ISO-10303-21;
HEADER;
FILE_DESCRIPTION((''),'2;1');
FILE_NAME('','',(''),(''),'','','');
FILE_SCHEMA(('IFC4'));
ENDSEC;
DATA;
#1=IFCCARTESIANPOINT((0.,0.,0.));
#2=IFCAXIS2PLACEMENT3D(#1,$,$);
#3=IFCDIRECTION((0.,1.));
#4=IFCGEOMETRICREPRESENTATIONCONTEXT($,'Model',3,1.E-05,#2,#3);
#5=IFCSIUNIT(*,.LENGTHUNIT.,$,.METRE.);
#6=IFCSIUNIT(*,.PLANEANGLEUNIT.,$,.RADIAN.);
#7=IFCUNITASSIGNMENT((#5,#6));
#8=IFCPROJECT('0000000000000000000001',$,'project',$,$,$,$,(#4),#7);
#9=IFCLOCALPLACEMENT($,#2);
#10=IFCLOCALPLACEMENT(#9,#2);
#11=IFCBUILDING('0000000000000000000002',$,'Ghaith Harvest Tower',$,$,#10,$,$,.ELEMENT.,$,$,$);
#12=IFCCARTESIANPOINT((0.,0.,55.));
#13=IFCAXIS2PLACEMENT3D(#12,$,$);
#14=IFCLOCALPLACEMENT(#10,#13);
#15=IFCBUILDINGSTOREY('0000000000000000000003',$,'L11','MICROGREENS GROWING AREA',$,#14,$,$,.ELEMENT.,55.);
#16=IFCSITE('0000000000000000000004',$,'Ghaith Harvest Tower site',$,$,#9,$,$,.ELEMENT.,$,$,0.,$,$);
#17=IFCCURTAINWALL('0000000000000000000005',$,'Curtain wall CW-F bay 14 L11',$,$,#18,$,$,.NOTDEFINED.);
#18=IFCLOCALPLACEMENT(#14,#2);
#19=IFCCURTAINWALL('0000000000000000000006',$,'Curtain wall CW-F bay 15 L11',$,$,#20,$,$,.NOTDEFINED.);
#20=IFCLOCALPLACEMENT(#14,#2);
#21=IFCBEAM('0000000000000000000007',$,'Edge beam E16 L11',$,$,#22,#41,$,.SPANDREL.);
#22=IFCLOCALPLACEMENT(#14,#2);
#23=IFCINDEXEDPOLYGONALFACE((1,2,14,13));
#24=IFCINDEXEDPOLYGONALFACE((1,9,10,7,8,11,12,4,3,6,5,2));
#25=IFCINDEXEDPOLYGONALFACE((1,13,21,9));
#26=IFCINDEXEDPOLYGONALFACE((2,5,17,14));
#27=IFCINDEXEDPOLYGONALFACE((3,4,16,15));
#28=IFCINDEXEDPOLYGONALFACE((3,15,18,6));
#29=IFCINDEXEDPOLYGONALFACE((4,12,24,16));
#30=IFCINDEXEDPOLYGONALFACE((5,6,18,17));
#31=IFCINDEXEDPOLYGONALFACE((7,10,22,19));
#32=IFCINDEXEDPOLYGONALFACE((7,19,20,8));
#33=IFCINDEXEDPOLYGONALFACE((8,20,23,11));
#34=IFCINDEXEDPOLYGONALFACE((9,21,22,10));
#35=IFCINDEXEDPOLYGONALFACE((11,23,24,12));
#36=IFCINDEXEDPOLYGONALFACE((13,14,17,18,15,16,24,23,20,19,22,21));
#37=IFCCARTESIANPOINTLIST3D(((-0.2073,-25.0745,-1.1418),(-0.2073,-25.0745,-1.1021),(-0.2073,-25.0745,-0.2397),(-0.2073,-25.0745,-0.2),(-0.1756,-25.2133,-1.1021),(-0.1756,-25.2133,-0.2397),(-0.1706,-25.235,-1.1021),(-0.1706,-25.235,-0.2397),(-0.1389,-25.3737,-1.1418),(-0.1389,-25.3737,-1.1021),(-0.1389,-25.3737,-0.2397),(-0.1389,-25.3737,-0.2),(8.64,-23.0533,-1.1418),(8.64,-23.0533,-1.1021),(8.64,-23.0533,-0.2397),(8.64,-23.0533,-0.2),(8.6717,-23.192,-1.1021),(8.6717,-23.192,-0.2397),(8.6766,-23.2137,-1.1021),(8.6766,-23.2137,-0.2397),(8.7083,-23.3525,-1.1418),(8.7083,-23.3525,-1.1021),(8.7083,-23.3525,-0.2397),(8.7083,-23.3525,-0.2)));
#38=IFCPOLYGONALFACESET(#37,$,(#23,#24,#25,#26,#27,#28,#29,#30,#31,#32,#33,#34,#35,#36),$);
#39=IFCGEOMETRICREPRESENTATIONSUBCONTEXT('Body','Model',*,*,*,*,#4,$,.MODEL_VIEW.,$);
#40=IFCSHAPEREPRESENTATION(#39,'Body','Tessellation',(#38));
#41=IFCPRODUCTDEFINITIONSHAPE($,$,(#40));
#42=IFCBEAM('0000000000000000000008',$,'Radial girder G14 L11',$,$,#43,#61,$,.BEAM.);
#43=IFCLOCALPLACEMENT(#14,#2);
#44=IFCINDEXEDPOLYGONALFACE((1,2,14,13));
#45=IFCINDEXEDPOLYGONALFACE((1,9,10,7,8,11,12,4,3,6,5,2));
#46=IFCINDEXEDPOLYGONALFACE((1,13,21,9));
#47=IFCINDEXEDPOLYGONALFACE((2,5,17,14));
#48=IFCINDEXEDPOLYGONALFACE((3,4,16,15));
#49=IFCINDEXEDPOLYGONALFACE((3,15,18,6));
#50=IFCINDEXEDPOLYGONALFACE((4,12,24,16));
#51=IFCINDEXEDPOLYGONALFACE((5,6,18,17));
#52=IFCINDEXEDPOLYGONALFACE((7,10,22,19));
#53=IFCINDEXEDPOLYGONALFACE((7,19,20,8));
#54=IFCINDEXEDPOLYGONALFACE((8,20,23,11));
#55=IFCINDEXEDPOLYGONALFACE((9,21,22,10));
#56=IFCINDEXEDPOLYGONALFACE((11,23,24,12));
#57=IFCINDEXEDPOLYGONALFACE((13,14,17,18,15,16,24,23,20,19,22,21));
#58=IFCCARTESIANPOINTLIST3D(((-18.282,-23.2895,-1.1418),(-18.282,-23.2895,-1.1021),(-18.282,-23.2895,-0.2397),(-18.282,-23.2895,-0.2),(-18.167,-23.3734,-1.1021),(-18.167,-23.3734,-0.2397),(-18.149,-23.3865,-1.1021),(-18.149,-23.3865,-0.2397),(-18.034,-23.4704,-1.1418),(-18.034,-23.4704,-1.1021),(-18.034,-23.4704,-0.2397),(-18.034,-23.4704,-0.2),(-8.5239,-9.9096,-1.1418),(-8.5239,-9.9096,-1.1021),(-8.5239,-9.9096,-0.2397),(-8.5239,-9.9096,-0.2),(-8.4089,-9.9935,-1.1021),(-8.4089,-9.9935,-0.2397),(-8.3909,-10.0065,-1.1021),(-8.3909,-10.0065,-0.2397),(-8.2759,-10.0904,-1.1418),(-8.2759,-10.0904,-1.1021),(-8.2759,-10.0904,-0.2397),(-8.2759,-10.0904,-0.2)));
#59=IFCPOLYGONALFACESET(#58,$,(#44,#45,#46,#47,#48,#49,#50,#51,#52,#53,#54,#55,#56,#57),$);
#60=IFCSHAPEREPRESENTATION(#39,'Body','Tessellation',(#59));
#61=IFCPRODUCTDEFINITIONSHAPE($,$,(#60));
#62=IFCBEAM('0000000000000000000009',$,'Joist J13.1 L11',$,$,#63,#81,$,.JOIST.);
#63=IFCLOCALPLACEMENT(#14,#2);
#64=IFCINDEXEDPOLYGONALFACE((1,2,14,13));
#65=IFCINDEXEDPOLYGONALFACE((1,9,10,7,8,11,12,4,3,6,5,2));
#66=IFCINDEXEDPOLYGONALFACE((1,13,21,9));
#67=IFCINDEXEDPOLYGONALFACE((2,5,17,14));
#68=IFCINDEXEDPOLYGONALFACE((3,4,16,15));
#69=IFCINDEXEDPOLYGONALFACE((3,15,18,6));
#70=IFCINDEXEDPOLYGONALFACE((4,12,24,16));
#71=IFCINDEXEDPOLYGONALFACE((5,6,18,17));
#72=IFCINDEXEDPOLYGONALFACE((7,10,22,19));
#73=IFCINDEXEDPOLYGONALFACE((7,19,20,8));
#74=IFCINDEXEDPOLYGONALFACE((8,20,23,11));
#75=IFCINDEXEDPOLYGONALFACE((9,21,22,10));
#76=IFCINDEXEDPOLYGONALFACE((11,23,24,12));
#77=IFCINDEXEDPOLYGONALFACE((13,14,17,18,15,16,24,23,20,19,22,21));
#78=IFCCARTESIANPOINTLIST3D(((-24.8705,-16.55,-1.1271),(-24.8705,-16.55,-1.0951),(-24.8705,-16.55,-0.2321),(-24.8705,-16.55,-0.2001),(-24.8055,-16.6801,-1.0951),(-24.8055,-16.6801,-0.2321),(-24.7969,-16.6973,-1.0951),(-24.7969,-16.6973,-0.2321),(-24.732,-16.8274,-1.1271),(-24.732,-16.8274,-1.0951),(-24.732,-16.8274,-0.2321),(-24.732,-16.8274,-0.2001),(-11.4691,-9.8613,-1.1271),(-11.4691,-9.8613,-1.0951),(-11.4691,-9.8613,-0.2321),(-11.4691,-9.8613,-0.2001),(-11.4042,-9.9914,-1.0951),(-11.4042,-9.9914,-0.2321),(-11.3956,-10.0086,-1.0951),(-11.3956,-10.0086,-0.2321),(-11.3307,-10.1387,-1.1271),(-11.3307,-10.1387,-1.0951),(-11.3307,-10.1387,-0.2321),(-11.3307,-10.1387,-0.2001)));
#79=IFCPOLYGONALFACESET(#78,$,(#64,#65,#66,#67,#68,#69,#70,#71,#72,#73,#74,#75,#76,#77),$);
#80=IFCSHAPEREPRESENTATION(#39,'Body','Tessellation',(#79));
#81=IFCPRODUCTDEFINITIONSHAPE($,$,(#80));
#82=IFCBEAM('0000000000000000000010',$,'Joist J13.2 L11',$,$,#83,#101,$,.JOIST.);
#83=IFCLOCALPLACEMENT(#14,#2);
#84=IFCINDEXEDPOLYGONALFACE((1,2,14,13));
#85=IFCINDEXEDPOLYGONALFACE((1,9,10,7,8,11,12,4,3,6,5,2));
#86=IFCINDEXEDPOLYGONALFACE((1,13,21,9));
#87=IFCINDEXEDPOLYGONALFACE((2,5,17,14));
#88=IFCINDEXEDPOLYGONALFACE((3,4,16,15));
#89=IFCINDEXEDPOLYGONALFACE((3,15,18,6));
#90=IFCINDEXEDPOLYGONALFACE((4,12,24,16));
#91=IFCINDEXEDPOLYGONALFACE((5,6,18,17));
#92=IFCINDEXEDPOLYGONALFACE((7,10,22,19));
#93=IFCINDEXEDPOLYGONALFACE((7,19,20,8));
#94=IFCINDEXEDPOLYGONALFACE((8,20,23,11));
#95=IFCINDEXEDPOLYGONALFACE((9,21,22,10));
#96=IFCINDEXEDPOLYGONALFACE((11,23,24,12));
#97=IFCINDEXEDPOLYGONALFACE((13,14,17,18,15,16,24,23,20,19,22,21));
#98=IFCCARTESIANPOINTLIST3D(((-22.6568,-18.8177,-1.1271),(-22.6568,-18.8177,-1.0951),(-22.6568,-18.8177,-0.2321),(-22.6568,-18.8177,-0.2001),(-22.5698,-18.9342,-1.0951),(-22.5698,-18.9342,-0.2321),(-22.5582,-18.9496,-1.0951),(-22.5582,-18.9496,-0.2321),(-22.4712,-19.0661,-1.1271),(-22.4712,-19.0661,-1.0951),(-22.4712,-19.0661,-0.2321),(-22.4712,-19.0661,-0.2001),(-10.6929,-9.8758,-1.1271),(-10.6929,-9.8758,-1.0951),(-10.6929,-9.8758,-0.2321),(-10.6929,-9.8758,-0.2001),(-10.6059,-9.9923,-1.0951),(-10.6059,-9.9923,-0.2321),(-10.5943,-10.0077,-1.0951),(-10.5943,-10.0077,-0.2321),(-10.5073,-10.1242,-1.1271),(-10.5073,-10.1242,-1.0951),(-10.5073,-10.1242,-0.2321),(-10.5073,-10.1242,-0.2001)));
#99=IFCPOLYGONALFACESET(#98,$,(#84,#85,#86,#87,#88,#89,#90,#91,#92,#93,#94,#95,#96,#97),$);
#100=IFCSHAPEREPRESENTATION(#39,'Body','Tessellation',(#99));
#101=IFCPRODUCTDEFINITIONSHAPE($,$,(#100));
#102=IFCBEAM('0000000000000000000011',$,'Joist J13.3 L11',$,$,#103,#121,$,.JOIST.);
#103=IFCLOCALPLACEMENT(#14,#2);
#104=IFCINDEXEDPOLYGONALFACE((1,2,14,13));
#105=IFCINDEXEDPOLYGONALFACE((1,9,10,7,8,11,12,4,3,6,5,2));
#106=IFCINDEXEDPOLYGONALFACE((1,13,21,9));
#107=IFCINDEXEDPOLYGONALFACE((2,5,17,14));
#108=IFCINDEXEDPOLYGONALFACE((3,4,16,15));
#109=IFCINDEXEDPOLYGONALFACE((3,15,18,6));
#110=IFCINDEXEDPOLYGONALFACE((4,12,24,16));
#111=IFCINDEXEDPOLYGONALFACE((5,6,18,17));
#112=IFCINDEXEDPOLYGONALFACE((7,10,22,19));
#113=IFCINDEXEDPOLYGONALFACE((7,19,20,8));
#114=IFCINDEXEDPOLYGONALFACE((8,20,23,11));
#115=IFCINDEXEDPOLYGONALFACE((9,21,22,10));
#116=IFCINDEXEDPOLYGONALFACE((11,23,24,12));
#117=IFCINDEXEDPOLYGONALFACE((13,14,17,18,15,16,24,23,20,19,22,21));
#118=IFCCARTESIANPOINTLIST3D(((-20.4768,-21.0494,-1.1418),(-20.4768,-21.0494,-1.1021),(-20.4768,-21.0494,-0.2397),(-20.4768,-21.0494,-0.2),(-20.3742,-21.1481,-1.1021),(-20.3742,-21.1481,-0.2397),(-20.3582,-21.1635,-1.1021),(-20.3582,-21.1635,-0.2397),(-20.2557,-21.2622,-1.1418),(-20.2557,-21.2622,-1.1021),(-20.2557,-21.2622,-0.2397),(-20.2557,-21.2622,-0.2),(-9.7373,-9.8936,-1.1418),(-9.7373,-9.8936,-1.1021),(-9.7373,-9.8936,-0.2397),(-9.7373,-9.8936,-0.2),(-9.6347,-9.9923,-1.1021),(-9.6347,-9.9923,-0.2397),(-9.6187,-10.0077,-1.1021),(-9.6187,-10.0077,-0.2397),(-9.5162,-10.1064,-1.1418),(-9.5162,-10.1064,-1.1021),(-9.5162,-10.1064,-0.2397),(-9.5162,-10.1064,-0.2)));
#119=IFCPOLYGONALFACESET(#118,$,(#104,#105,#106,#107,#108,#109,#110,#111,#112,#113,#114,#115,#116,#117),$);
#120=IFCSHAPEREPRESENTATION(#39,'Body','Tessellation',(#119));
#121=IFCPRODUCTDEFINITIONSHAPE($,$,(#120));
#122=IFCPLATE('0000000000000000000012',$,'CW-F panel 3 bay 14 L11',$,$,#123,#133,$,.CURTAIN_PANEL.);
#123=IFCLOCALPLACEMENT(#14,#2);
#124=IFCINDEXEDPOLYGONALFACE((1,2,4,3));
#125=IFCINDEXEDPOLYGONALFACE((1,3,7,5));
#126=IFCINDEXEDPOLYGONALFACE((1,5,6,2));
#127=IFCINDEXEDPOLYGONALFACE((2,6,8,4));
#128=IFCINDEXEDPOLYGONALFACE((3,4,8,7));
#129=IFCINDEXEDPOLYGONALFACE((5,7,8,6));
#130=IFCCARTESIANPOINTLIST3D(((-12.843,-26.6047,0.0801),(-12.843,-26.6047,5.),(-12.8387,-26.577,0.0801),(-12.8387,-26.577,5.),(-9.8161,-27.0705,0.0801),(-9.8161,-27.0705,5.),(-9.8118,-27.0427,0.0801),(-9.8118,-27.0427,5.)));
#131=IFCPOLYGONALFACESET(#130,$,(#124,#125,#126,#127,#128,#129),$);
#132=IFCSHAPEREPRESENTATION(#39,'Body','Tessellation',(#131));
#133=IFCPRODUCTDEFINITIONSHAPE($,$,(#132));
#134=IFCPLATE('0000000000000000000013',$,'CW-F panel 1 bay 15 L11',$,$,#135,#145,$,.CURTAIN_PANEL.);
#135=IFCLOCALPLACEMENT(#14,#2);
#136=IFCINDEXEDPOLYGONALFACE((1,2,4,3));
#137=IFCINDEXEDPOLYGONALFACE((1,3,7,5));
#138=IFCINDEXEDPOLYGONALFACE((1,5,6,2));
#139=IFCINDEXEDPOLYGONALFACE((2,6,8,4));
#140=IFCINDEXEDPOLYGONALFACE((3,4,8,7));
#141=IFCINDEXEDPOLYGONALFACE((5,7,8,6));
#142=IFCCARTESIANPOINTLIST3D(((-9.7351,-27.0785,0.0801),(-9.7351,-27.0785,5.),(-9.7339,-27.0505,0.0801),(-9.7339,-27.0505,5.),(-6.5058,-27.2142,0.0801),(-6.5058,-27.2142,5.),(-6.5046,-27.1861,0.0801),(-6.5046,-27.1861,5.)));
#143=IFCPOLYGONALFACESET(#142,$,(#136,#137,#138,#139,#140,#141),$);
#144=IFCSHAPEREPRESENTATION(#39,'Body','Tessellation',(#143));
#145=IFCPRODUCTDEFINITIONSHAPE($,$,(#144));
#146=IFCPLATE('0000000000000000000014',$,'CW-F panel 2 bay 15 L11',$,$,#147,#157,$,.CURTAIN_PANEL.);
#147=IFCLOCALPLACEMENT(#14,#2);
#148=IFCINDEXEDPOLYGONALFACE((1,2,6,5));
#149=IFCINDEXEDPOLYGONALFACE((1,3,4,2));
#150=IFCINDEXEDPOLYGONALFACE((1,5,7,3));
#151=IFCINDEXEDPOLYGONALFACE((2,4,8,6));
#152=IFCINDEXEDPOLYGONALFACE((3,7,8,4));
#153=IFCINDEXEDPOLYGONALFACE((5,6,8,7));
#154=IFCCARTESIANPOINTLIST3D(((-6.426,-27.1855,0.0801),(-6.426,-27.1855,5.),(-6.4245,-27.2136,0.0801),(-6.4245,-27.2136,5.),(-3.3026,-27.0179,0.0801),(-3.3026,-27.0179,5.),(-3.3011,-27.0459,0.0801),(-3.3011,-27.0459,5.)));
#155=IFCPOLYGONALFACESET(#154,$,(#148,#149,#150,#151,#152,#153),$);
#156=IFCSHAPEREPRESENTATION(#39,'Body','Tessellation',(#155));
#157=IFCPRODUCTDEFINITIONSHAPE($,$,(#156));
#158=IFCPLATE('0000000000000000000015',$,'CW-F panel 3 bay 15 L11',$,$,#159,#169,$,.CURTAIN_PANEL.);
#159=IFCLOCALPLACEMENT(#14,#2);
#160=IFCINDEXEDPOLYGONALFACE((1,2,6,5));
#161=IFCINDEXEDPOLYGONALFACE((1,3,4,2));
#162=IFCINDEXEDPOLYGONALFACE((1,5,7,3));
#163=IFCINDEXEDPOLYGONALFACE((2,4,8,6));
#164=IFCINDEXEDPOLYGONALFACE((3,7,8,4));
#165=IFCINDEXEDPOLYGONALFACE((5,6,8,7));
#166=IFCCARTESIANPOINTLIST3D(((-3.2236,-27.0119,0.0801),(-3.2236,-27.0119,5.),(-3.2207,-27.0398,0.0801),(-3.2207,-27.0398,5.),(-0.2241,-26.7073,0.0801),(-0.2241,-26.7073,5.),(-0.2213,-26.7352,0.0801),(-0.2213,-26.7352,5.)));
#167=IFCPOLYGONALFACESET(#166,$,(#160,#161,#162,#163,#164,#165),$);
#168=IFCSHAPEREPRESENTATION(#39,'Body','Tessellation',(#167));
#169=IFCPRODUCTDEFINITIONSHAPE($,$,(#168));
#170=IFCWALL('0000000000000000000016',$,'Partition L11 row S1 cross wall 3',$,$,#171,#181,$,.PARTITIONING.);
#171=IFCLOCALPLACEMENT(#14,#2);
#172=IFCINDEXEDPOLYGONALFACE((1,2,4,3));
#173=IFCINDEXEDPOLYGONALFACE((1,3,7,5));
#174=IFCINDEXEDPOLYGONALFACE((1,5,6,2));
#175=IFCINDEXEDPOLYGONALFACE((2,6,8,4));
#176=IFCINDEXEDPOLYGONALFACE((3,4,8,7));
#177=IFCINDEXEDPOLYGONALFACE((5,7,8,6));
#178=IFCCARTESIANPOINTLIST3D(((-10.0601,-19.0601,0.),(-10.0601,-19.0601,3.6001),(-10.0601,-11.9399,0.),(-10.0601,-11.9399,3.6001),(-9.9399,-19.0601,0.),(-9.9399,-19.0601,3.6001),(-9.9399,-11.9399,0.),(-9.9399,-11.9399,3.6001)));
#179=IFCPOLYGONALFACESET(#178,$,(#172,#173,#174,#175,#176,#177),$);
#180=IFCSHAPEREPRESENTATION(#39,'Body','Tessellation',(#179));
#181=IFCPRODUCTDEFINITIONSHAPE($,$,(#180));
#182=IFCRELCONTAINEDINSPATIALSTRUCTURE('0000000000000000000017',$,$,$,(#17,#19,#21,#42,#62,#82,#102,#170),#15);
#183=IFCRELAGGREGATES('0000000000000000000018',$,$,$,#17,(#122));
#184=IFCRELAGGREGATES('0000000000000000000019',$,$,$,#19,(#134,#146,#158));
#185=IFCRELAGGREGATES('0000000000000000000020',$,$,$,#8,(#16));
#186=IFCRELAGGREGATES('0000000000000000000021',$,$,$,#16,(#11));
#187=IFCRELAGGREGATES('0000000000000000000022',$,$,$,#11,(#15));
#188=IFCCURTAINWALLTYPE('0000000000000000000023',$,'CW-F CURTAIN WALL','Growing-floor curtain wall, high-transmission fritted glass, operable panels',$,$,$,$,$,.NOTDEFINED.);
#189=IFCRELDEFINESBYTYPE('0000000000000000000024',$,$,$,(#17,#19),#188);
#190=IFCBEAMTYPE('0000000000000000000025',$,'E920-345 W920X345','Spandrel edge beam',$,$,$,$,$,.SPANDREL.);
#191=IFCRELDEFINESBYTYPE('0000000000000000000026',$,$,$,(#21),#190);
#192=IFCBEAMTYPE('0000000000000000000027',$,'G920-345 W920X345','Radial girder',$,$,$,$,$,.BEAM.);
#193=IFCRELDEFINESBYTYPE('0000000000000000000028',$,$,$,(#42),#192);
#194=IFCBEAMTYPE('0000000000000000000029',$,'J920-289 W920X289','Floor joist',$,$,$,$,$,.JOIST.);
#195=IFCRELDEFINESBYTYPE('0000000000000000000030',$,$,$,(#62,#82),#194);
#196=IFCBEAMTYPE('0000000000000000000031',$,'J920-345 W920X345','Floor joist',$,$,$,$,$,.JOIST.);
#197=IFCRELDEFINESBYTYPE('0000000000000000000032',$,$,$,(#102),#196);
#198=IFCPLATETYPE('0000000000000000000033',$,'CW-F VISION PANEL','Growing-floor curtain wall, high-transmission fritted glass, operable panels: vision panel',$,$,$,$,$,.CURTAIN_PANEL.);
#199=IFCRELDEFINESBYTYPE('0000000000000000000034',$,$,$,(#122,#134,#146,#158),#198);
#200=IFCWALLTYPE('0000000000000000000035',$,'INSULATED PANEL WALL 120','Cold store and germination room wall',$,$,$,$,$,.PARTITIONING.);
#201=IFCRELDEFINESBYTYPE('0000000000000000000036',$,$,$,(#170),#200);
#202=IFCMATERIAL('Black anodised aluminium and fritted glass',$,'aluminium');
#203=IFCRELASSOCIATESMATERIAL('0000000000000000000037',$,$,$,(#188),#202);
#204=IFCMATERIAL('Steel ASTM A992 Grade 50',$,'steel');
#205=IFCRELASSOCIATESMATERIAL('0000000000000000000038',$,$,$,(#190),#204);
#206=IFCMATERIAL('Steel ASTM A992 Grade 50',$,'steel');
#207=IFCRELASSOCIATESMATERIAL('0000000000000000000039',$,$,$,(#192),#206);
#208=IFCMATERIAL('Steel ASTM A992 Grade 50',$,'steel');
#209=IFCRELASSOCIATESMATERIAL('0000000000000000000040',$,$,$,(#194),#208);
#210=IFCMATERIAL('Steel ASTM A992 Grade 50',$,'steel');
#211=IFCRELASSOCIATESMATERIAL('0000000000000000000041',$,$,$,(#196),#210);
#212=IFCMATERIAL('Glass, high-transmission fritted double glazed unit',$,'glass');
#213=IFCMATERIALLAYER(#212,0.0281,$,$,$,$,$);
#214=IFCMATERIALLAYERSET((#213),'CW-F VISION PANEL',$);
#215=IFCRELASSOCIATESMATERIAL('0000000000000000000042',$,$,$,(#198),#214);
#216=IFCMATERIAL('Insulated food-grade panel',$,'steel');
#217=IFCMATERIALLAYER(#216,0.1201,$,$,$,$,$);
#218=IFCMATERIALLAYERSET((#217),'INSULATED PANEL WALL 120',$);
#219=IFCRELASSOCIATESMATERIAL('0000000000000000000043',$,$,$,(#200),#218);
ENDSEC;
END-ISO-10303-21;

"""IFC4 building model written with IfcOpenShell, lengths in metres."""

from ifc_helpers import new_model, si_unit, direction, frame, frame_2d, origin, origin_2d, place, context, subcontext, project, spatial, rectangle, i_section, extrude, material, layer, layer_set, material_profile, profile_set, type_object, element, aggregate, save


model = new_model("IFC4")

# Units and contexts
model_context = context("Model", 3, precision=1e-05, world=origin(), true_north=direction((0.0, 1.0)))
body_context = subcontext(model_context, "Body", "Model", "MODEL_VIEW")
ifc_project = project(units=[si_unit("LENGTHUNIT", "METRE"), si_unit("PLANEANGLEUNIT", "RADIAN")], contexts=[model_context])

# Site, building, storey
site_placement = place(None, origin())
site = spatial("IfcSite", under=ifc_project, at=site_placement, Name="Ghaith Harvest Tower site", CompositionType="ELEMENT", RefElevation=0.0)
building_placement = place(site_placement, origin())
building = spatial("IfcBuilding", under=site, at=building_placement, Name="Ghaith Harvest Tower", CompositionType="ELEMENT")
storey_placement = place(building_placement, frame((0.0, 0.0, 55.0)))
storey = spatial("IfcBuildingStorey", under=building, at=storey_placement, Name="L11", Description="MICROGREENS GROWING AREA", CompositionType="ELEMENT", Elevation=55.0)

# Curtain wall
ifc_material_1 = material(Name="Black anodised aluminium and fritted glass", Category="aluminium")
curtain_wall_type = type_object("IfcCurtainWallType", Name="CW-F CURTAIN WALL", Description="Growing-floor curtain wall, high-transmission fritted glass, operable panels", PredefinedType="NOTDEFINED", material=ifc_material_1)
curtain_wall_1_placement = place(storey_placement, origin())
curtain_wall_1 = element("IfcCurtainWall", 1, at=curtain_wall_1_placement, inside=storey, type_object=curtain_wall_type, Name="Curtain wall CW-F bay 14 L11", PredefinedType="NOTDEFINED")

# Curtain wall
curtain_wall_2_placement = place(storey_placement, origin())
curtain_wall_2 = element("IfcCurtainWall", 2, at=curtain_wall_2_placement, inside=storey, type_object=curtain_wall_type, Name="Curtain wall CW-F bay 15 L11", PredefinedType="NOTDEFINED")

# Beams
ifc_material_2 = material(Name="Steel ASTM A992 Grade 50", Category="steel")
ifc_material_profile_1 = material_profile(ifc_material_2, i_section(OverallWidth=0.3069, OverallDepth=0.9419, WebThickness=0.0222, FlangeThickness=0.0398, at=origin_2d()), Name="W920X345")
ifc_profile_set_1 = profile_set([ifc_material_profile_1], Name="Steel ASTM A992 Grade 50")
beam_type_1 = type_object("IfcBeamType", Name="E920-345 W920X345", Description="Spandrel edge beam", PredefinedType="SPANDREL", material=ifc_profile_set_1)
beam_1_placement = place(storey_placement, frame((-0.1731, -25.2241, -0.6709), z_axis=(0.974882, 0.222723, 0.0), x_axis=(-0.222723, 0.974882, 0.0)))
element("IfcBeam", 3, at=beam_1_placement, inside=storey, type_object=beam_type_1, Name="Edge beam E16 L11", PredefinedType="SPANDREL", context=body_context, shape_type="SweptSolid", body=[
    extrude(i_section(OverallWidth=0.3069, OverallDepth=0.9419, WebThickness=0.0222, FlangeThickness=0.0398, at=origin_2d()), origin(), (0.0, 0.0, 1.0), 9.0752),
])
ifc_material_3 = material(Name="Steel ASTM A992 Grade 50", Category="steel")
ifc_material_profile_2 = material_profile(ifc_material_3, i_section(OverallWidth=0.3069, OverallDepth=0.9419, WebThickness=0.0222, FlangeThickness=0.0398, at=origin_2d()), Name="W920X345")
ifc_profile_set_2 = profile_set([ifc_material_profile_2], Name="Steel ASTM A992 Grade 50")
beam_type_2 = type_object("IfcBeamType", Name="G920-345 W920X345", Description="Radial girder", PredefinedType="BEAM", material=ifc_profile_set_2)
beam_2_placement = place(storey_placement, frame((-8.3999, -10.0, -0.6709), z_axis=(-0.589247, -0.807953, 0.0), x_axis=(0.807953, -0.589247, 0.0)))
element("IfcBeam", 4, at=beam_2_placement, inside=storey, type_object=beam_type_2, Name="Radial girder G14 L11", PredefinedType="BEAM", context=body_context, shape_type="SweptSolid", body=[
    extrude(i_section(OverallWidth=0.3069, OverallDepth=0.9419, WebThickness=0.0222, FlangeThickness=0.0398, at=origin_2d()), origin(), (0.0, 0.0, 1.0), 16.5603),
])
ifc_material_4 = material(Name="Steel ASTM A992 Grade 50", Category="steel")
ifc_material_profile_3 = material_profile(ifc_material_4, i_section(OverallWidth=0.3101, OverallDepth=0.927, WebThickness=0.0193, FlangeThickness=0.032, at=origin_2d()), Name="W920X289")
ifc_profile_set_3 = profile_set([ifc_material_profile_3], Name="Steel ASTM A992 Grade 50")
beam_type_3 = type_object("IfcBeamType", Name="J920-289 W920X289", Description="Floor joist", PredefinedType="JOIST", material=ifc_profile_set_3)
beam_3_placement = place(storey_placement, frame((-11.3999, -10.0, -0.6636), z_axis=(-0.894746, -0.446575, 0.0), x_axis=(0.446575, -0.894746, 0.0)))
element("IfcBeam", 5, at=beam_3_placement, inside=storey, type_object=beam_type_3, Name="Joist J13.1 L11", PredefinedType="JOIST", context=body_context, shape_type="SweptSolid", body=[
    extrude(i_section(OverallWidth=0.3101, OverallDepth=0.927, WebThickness=0.0193, FlangeThickness=0.032, at=origin_2d()), origin(), (0.0, 0.0, 1.0), 14.9778),
])
beam_4_placement = place(storey_placement, frame((-10.6001, -10.0, -0.6636), z_axis=(-0.800995, -0.598671, 0.0), x_axis=(0.598671, -0.800995, 0.0)))
element("IfcBeam", 6, at=beam_4_placement, inside=storey, type_object=beam_type_3, Name="Joist J13.2 L11", PredefinedType="JOIST", context=body_context, shape_type="SweptSolid", body=[
    extrude(i_section(OverallWidth=0.3101, OverallDepth=0.927, WebThickness=0.0193, FlangeThickness=0.032, at=origin_2d()), origin(), (0.0, 0.0, 1.0), 14.9363),
])
ifc_material_5 = material(Name="Steel ASTM A992 Grade 50", Category="steel")
ifc_material_profile_4 = material_profile(ifc_material_5, i_section(OverallWidth=0.3069, OverallDepth=0.9419, WebThickness=0.0222, FlangeThickness=0.0398, at=origin_2d()), Name="W920X345")
ifc_profile_set_4 = profile_set([ifc_material_profile_4], Name="Steel ASTM A992 Grade 50")
beam_type_4 = type_object("IfcBeamType", Name="J920-345 W920X345", Description="Floor joist", PredefinedType="JOIST", material=ifc_profile_set_4)
beam_5_placement = place(storey_placement, frame((-9.6267, -10.0, -0.6709), z_axis=(-0.693538, -0.72042, 0.0), x_axis=(0.72042, -0.693538, 0.0)))
element("IfcBeam", 7, at=beam_5_placement, inside=storey, type_object=beam_type_4, Name="Joist J13.3 L11", PredefinedType="JOIST", context=body_context, shape_type="SweptSolid", body=[
    extrude(i_section(OverallWidth=0.3069, OverallDepth=0.9419, WebThickness=0.0222, FlangeThickness=0.0398, at=origin_2d()), origin(), (0.0, 0.0, 1.0), 15.4851),
])

# Plates
ifc_material_6 = material(Name="Glass, high-transmission fritted double glazed unit", Category="glass")
ifc_layer_1 = layer(ifc_material_6, 0.0281)
ifc_layer_set_1 = layer_set([ifc_layer_1], Name="CW-F VISION PANEL")
plate_type = type_object("IfcPlateType", Name="CW-F VISION PANEL", Description="Growing-floor curtain wall, high-transmission fritted glass, operable panels: vision panel", PredefinedType="CURTAIN_PANEL", material=ifc_layer_set_1)
plate_1_placement = place(storey_placement, frame((-11.3274, -26.8237, 0.0801), z_axis=(0.0, 0.0, 1.0), x_axis=(0.98837, -0.152069, 0.0)))
plate_1 = element("IfcPlate", 8, at=plate_1_placement, type_object=plate_type, Name="CW-F panel 3 bay 14 L11", PredefinedType="CURTAIN_PANEL", context=body_context, shape_type="SweptSolid", body=[
    extrude(rectangle(XDim=3.0625, YDim=0.0281, at=origin_2d()), origin(), (0.0, 0.0, 1.0), 4.9199),
])
aggregate(curtain_wall_1, [plate_1])
plate_2_placement = place(storey_placement, frame((-8.1199, -27.1323, 0.0801), z_axis=(0.0, 0.0, 1.0), x_axis=(0.999119, -0.041967, 0.0)))
plate_2 = element("IfcPlate", 9, at=plate_2_placement, type_object=plate_type, Name="CW-F panel 1 bay 15 L11", PredefinedType="CURTAIN_PANEL", context=body_context, shape_type="SweptSolid", body=[
    extrude(rectangle(XDim=3.2322, YDim=0.0281, at=origin_2d()), origin(), (0.0, 0.0, 1.0), 4.9199),
])
plate_3_placement = place(storey_placement, frame((-4.8635, -27.1157, 0.0801), z_axis=(0.0, 0.0, 1.0), x_axis=(0.998563, 0.0536, 0.0)))
plate_3 = element("IfcPlate", 10, at=plate_3_placement, type_object=plate_type, Name="CW-F panel 2 bay 15 L11", PredefinedType="CURTAIN_PANEL", context=body_context, shape_type="SweptSolid", body=[
    extrude(rectangle(XDim=3.1279, YDim=0.0281, at=origin_2d()), origin(), (0.0, 0.0, 1.0), 4.9199),
])
plate_4_placement = place(storey_placement, frame((-1.7224, -26.8735, 0.0801), z_axis=(0.0, 0.0, 1.0), x_axis=(0.994882, 0.101041, 0.0)))
plate_4 = element("IfcPlate", 11, at=plate_4_placement, type_object=plate_type, Name="CW-F panel 3 bay 15 L11", PredefinedType="CURTAIN_PANEL", context=body_context, shape_type="SweptSolid", body=[
    extrude(rectangle(XDim=3.0149, YDim=0.0281, at=origin_2d()), origin(), (0.0, 0.0, 1.0), 4.9199),
])
aggregate(curtain_wall_2, [plate_2, plate_3, plate_4])

# Wall
ifc_material_7 = material(Name="Insulated food-grade panel", Category="steel")
ifc_layer_2 = layer(ifc_material_7, 0.1201)
ifc_layer_set_2 = layer_set([ifc_layer_2], Name="INSULATED PANEL WALL 120")
wall_type = type_object("IfcWallType", Name="INSULATED PANEL WALL 120", Description="Cold store and germination room wall", PredefinedType="PARTITIONING", material=ifc_layer_set_2)
for number, where, z_axis, x_axis, name in (
    (12, (-10.0, -11.9399, 0.0), (0.0, 0.0, 1.0), (0.0, -1.0, 0.0), "Partition L11 row S1 cross wall 3"),
):
    element("IfcWall", number, at=place(storey_placement, frame(where, z_axis=z_axis, x_axis=x_axis)), inside=storey, type_object=wall_type, Name=name, PredefinedType="PARTITIONING", context=body_context, shape_type="SweptSolid", body=[
        extrude(rectangle(XDim=7.1201, YDim=0.1201, at=frame_2d((3.5601, 0.0))), origin(), (0.0, 0.0, 1.0), 3.6001),
    ])

save(model, "model.ifc")
